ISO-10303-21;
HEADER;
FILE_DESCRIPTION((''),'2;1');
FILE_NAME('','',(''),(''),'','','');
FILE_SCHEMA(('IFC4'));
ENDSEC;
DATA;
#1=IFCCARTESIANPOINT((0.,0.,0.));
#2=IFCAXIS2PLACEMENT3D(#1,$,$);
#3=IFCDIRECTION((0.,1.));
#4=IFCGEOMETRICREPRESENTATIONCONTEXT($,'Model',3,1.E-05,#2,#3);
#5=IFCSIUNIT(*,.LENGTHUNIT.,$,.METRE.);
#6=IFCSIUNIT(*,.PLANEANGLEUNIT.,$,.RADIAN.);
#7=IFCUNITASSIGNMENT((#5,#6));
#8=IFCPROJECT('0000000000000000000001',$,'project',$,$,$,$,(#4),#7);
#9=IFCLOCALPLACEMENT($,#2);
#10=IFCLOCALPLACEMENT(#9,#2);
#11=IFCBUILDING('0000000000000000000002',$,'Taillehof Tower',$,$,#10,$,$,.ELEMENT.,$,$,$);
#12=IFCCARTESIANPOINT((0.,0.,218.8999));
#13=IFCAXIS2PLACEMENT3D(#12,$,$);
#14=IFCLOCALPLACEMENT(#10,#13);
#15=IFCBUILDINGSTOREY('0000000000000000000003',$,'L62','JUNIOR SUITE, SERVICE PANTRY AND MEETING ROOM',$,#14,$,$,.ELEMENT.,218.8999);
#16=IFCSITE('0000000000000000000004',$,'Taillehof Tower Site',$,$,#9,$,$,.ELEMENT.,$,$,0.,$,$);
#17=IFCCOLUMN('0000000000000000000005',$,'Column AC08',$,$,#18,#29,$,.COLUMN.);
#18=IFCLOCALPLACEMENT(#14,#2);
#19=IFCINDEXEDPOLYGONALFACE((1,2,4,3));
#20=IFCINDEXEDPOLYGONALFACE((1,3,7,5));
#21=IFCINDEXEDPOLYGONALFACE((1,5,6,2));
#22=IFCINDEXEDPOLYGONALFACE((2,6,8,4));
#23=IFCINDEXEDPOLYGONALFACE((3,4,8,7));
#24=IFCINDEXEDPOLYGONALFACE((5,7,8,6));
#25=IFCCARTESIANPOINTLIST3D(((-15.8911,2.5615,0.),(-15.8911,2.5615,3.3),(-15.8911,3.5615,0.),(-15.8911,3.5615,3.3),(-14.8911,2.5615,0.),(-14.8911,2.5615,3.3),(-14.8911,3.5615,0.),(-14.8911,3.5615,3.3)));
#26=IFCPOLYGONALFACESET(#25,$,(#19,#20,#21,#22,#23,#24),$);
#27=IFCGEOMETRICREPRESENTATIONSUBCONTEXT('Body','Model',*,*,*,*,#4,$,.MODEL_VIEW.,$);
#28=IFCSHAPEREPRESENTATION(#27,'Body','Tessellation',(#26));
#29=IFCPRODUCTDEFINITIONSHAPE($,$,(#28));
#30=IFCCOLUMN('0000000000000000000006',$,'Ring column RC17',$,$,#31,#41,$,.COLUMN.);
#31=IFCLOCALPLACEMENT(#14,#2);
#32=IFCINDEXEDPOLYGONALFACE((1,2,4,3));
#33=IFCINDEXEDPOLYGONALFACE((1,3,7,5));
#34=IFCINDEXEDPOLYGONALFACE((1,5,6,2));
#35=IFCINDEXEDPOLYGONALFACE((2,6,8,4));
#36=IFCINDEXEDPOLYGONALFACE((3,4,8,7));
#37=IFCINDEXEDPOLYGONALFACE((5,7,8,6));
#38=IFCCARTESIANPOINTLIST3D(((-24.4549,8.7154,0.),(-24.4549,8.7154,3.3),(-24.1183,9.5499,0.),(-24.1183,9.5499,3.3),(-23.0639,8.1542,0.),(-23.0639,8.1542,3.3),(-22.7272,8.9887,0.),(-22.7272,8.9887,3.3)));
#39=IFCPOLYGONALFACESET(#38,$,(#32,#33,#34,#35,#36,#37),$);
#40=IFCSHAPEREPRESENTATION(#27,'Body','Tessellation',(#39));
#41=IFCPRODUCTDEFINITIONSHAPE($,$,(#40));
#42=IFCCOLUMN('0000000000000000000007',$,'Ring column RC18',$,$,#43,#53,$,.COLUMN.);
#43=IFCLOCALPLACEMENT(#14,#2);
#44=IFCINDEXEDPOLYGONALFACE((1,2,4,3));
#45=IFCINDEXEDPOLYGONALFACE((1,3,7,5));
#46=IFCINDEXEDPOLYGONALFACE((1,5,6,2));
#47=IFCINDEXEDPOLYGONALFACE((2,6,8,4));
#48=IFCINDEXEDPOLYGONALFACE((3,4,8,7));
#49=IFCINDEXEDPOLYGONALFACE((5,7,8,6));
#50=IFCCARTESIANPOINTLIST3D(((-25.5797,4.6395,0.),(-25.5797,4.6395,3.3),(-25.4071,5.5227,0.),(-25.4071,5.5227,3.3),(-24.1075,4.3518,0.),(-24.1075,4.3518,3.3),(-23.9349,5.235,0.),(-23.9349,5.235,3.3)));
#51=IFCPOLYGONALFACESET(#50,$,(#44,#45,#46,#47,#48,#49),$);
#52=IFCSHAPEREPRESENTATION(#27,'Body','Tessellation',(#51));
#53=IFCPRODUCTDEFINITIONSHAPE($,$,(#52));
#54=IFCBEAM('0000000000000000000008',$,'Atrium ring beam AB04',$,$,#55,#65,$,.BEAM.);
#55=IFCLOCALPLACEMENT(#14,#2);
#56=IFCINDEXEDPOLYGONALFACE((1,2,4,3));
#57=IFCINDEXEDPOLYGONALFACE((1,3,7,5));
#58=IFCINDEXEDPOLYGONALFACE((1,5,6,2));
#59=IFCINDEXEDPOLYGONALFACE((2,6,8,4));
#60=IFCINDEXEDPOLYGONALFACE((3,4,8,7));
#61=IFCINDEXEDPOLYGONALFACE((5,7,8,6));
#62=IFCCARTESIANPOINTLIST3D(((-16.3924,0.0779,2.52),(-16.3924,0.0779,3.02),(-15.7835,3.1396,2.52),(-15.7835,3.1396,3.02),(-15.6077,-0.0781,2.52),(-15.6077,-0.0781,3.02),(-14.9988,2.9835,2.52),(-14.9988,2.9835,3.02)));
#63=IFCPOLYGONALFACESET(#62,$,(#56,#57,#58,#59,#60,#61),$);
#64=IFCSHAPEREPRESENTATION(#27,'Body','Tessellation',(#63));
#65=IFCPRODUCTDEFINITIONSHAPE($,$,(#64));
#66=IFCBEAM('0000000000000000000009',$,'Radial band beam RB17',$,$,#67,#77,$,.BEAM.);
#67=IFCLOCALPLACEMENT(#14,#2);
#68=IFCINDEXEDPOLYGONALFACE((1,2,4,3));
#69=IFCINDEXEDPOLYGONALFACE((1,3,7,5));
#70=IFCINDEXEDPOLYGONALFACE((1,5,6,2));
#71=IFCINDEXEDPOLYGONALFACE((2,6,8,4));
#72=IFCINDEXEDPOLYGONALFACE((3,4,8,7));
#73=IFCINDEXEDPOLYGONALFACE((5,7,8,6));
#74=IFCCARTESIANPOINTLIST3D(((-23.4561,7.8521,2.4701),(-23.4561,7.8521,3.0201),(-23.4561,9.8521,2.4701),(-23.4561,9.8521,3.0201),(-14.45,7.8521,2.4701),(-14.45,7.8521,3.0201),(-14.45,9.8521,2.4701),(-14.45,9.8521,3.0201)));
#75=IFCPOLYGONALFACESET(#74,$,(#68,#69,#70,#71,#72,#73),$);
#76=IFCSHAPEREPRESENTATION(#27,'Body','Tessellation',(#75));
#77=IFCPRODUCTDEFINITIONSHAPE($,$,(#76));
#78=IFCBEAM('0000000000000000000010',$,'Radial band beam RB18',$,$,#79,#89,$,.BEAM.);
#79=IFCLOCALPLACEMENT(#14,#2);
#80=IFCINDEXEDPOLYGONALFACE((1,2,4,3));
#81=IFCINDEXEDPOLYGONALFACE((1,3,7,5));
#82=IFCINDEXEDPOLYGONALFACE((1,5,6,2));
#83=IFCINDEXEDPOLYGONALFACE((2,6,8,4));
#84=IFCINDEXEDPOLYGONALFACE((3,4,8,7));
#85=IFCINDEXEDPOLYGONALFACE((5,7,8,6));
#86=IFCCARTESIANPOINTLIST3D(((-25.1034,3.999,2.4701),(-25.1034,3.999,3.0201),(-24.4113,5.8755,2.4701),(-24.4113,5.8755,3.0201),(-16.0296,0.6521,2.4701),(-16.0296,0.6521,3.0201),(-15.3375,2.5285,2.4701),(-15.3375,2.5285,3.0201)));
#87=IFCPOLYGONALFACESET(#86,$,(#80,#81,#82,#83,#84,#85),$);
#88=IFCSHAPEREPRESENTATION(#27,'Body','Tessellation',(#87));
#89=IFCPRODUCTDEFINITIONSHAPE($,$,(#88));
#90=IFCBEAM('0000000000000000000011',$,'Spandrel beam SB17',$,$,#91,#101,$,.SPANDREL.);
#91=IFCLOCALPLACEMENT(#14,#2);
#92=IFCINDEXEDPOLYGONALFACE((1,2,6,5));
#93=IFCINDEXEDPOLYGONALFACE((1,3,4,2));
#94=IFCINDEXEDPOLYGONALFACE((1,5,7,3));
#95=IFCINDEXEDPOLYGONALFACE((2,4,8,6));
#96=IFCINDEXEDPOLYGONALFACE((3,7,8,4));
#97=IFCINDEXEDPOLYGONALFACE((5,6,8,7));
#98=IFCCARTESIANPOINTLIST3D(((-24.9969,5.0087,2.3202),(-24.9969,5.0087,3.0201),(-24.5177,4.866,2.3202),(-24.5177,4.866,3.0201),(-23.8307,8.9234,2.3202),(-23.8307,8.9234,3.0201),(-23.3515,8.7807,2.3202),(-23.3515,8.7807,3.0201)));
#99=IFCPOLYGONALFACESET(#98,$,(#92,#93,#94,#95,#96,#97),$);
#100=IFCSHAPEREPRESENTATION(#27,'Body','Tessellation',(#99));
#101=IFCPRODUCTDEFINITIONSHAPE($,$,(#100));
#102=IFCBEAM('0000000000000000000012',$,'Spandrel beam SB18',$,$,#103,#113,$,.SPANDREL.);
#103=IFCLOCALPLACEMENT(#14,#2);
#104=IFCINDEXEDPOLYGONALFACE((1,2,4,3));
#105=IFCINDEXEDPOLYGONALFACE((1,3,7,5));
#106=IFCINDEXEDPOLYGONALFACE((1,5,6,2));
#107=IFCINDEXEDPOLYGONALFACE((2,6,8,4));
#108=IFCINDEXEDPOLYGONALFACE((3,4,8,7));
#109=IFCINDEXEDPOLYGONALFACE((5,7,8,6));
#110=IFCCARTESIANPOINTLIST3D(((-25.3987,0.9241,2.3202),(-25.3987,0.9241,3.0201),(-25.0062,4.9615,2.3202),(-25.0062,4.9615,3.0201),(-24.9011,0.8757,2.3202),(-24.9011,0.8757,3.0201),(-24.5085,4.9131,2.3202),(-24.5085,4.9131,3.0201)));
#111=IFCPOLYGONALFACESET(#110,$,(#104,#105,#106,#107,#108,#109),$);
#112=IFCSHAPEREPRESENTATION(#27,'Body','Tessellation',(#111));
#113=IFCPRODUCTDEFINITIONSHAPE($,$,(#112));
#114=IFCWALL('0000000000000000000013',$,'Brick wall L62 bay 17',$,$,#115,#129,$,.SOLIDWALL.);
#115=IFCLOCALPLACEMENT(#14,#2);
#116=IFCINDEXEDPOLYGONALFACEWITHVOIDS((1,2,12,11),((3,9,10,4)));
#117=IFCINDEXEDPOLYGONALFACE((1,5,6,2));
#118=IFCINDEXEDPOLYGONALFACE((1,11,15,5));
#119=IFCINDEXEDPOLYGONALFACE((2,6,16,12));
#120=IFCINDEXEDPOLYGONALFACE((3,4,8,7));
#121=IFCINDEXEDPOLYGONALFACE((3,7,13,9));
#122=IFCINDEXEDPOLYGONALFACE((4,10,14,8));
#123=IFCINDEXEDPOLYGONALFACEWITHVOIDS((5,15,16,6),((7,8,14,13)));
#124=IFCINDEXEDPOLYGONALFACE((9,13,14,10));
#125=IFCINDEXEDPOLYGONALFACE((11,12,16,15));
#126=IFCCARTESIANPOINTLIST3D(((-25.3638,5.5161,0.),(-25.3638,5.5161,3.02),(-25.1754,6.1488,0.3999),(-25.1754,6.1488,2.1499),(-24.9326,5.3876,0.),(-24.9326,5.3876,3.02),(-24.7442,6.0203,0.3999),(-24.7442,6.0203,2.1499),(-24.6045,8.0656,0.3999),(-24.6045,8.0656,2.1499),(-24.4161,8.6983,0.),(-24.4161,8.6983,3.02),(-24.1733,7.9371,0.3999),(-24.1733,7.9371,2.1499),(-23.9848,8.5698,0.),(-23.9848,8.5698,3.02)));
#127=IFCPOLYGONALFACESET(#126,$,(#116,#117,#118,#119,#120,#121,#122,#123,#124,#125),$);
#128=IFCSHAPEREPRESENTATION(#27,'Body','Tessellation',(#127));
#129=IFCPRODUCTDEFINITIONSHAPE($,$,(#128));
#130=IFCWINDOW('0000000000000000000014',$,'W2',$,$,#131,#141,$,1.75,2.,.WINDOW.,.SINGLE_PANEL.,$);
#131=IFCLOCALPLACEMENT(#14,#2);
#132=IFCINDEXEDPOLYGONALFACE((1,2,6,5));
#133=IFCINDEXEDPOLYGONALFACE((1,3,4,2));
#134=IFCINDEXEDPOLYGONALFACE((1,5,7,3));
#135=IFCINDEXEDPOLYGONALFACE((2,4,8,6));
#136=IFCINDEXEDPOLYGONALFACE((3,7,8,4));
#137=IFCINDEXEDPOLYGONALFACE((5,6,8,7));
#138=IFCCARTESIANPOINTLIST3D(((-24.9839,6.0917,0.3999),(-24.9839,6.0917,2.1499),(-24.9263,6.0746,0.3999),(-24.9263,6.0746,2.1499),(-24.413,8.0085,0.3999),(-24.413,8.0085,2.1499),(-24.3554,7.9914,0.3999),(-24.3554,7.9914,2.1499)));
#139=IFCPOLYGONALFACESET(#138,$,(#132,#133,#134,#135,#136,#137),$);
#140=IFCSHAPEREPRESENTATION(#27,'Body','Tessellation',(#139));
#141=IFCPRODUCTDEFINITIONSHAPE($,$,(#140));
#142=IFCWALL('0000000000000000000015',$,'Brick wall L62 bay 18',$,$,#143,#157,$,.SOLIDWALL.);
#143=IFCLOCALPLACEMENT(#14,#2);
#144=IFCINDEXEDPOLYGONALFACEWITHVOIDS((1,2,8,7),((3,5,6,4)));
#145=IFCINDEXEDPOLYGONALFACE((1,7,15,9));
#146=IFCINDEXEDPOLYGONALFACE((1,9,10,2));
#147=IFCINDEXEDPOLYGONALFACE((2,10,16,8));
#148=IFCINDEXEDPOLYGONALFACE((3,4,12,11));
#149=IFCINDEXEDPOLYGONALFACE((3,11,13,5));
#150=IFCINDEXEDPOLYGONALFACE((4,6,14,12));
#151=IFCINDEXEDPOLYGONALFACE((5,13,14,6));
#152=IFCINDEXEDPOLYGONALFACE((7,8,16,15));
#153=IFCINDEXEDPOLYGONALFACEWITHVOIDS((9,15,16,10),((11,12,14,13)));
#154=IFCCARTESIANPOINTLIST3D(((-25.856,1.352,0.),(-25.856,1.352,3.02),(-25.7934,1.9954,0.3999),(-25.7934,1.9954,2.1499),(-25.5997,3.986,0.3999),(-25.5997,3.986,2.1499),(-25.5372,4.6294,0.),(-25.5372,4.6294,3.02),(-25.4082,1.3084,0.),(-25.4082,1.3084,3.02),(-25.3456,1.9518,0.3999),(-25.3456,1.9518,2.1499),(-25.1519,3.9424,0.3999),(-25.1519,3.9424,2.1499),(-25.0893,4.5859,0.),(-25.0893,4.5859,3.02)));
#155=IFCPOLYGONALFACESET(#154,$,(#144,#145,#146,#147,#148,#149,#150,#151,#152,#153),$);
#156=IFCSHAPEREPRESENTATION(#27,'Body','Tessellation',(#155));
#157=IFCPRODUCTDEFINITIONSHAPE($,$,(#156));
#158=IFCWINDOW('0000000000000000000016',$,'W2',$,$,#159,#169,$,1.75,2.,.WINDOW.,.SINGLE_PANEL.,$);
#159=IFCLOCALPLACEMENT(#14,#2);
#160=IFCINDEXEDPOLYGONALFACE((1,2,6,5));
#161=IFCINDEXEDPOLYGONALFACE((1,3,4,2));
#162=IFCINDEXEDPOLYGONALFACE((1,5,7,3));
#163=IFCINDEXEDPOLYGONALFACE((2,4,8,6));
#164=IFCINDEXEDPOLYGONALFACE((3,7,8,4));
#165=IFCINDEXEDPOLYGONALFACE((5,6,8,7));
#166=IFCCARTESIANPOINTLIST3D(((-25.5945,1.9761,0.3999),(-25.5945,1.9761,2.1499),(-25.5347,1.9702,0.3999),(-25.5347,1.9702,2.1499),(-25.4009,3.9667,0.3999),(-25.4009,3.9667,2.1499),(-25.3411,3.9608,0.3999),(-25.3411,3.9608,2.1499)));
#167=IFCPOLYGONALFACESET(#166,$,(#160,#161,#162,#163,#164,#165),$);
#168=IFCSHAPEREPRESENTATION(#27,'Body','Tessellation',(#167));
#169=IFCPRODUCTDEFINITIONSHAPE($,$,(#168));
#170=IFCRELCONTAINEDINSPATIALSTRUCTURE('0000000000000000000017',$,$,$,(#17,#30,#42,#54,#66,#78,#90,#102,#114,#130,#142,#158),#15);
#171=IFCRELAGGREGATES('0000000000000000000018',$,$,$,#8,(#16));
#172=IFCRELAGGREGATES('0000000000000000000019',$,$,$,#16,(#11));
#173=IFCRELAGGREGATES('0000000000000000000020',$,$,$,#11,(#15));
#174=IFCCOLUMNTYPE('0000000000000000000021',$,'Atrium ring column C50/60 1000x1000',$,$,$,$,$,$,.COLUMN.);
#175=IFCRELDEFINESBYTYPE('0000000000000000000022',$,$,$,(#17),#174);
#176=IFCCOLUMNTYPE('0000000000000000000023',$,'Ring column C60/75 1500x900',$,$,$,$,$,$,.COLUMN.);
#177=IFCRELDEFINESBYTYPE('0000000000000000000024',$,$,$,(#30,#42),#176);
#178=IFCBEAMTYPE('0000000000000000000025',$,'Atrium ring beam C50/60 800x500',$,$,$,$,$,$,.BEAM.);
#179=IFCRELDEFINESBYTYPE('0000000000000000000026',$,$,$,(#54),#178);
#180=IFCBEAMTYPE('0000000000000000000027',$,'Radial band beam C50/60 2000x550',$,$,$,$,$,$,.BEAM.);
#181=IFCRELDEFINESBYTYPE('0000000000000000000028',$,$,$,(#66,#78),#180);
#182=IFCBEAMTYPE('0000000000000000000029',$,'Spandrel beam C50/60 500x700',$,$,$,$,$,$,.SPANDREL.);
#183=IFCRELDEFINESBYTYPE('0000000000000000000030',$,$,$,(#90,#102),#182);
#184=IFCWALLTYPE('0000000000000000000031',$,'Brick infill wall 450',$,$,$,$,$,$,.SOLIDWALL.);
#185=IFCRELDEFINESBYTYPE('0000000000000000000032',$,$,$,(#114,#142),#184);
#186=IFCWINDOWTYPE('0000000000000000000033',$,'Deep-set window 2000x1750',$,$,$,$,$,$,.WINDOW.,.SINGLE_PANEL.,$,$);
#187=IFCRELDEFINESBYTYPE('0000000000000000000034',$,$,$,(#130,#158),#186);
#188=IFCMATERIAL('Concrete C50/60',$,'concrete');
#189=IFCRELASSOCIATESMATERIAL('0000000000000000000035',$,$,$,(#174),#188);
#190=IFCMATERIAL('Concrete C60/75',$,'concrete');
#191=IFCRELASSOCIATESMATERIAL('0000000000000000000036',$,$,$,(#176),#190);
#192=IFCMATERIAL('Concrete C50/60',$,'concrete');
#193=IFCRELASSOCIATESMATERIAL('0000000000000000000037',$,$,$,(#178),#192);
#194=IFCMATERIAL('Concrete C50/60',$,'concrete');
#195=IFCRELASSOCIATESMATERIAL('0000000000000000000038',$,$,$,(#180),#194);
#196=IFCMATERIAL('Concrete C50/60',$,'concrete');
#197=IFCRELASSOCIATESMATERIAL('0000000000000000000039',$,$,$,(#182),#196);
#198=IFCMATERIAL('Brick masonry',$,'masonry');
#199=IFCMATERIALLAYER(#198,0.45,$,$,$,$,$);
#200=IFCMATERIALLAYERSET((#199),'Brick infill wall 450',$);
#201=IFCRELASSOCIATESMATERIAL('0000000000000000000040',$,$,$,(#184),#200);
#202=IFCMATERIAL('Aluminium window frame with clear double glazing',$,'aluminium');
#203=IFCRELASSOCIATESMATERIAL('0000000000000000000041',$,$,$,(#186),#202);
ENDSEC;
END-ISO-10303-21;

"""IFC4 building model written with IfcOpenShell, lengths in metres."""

from ifc_helpers import new_model, si_unit, direction, frame, frame_2d, origin, origin_2d, place, context, subcontext, project, spatial, rectangle, extrude, material, layer, layer_set, material_profile, profile_set, type_object, element, fill, save


model = new_model("IFC4")

# Units and contexts
model_context = context("Model", 3, precision=1e-05, world=origin(), true_north=direction((0.0, 1.0)))
body_context = subcontext(model_context, "Body", "Model", "MODEL_VIEW")
ifc_project = project(units=[si_unit("LENGTHUNIT", "METRE"), si_unit("PLANEANGLEUNIT", "RADIAN")], contexts=[model_context])

# Site, building, storey
site_placement = place(None, origin())
site = spatial("IfcSite", under=ifc_project, at=site_placement, Name="Taillehof Tower Site", CompositionType="ELEMENT", RefElevation=0.0)
building_placement = place(site_placement, origin())
building = spatial("IfcBuilding", under=site, at=building_placement, Name="Taillehof Tower", CompositionType="ELEMENT")
storey_placement = place(building_placement, frame((0.0, 0.0, 218.8999)))
storey = spatial("IfcBuildingStorey", under=building, at=storey_placement, Name="L62", Description="JUNIOR SUITE, SERVICE PANTRY AND MEETING ROOM", CompositionType="ELEMENT", Elevation=218.8999)

# Columns
ifc_material_1 = material(Name="Concrete C50/60", Category="concrete")
ifc_material_profile_1 = material_profile(ifc_material_1, rectangle(XDim=1.0, YDim=1.0, at=origin_2d()), Name="RC 1000x1000")
ifc_profile_set_1 = profile_set([ifc_material_profile_1], Name="Concrete C50/60")
column_type_1 = type_object("IfcColumnType", Name="Atrium ring column C50/60 1000x1000", PredefinedType="COLUMN", material=ifc_profile_set_1)
column_placement = place(storey_placement, frame((-15.3911, 3.0615, 0.0), z_axis=(0.0, 0.0, 1.0), x_axis=(1.0, 0.0, 0.0)))
element("IfcColumn", 1, at=column_placement, inside=storey, type_object=column_type_1, Name="Column AC08", PredefinedType="COLUMN", context=body_context, shape_type="SweptSolid", body=[
    extrude(rectangle(XDim=1.0, YDim=1.0, at=origin_2d()), origin(), (0.0, 0.0, 1.0), 3.3),
])
ifc_material_2 = material(Name="Concrete C60/75", Category="concrete")
ifc_material_profile_2 = material_profile(ifc_material_2, rectangle(XDim=1.5, YDim=0.8999, at=origin_2d()), Name="RC 1500x900")
ifc_profile_set_2 = profile_set([ifc_material_profile_2], Name="Concrete C60/75")
column_type_2 = type_object("IfcColumnType", Name="Ring column C60/75 1500x900", PredefinedType="COLUMN", material=ifc_profile_set_2)
for number, where, z_axis, x_axis, name in (
    (2, (-23.5911, 8.8521, 0.0), (0.0, 0.0, 1.0), (-0.927385, 0.374108, 0.0), "Ring column RC17"),
    (3, (-24.7573, 4.9373, 0.0), (0.0, 0.0, 1.0), (-0.981434, 0.191801, 0.0), "Ring column RC18"),
):
    element("IfcColumn", number, at=place(storey_placement, frame(where, z_axis=z_axis, x_axis=x_axis)), inside=storey, type_object=column_type_2, Name=name, PredefinedType="COLUMN", context=body_context, shape_type="SweptSolid", body=[
        extrude(rectangle(XDim=1.5, YDim=0.8999, at=origin_2d()), origin(), (0.0, 0.0, 1.0), 3.3),
    ])

# Beams
ifc_material_3 = material(Name="Concrete C50/60", Category="concrete")
ifc_material_profile_3 = material_profile(ifc_material_3, rectangle(XDim=0.8, YDim=0.5, at=origin_2d()), Name="RC 800x500")
ifc_profile_set_3 = profile_set([ifc_material_profile_3], Name="Concrete C50/60")
beam_type_1 = type_object("IfcBeamType", Name="Atrium ring beam C50/60 800x500", PredefinedType="BEAM", material=ifc_profile_set_3)
beam_1_placement = place(storey_placement, frame((-15.3911, 3.0615, 2.77), z_axis=(-0.195063, -0.980791, 0.0), x_axis=(0.980791, -0.195063, 0.0)))
element("IfcBeam", 4, at=beam_1_placement, inside=storey, type_object=beam_type_1, Name="Atrium ring beam AB04", PredefinedType="BEAM", context=body_context, shape_type="SweptSolid", body=[
    extrude(rectangle(XDim=0.8, YDim=0.5, at=origin_2d()), origin(), (0.0, 0.0, 1.0), 3.1216),
])
ifc_material_4 = material(Name="Concrete C50/60", Category="concrete")
ifc_material_profile_4 = material_profile(ifc_material_4, rectangle(XDim=2.0, YDim=0.55, at=origin_2d()), Name="RC 2000x550")
ifc_profile_set_4 = profile_set([ifc_material_profile_4], Name="Concrete C50/60")
beam_type_2 = type_object("IfcBeamType", Name="Radial band beam C50/60 2000x550", PredefinedType="BEAM", material=ifc_profile_set_4)
beam_2_placement = place(storey_placement, frame((-23.4561, 8.8521, 2.7451), z_axis=(1.0, 0.0, 0.0), x_axis=(0.0, 1.0, 0.0)))
element("IfcBeam", 5, at=beam_2_placement, inside=storey, type_object=beam_type_2, Name="Radial band beam RB17", PredefinedType="BEAM", context=body_context, shape_type="SweptSolid", body=[
    extrude(rectangle(XDim=2.0, YDim=0.55, at=origin_2d()), origin(), (0.0, 0.0, 1.0), 9.0061),
])
beam_3_placement = place(storey_placement, frame((-24.7573, 4.9373, 2.7451), z_axis=(0.93821, -0.346067, 0.0), x_axis=(0.346067, 0.93821, 0.0)))
element("IfcBeam", 6, at=beam_3_placement, inside=storey, type_object=beam_type_2, Name="Radial band beam RB18", PredefinedType="BEAM", context=body_context, shape_type="SweptSolid", body=[
    extrude(rectangle(XDim=2.0, YDim=0.55, at=origin_2d()), origin(), (0.0, 0.0, 1.0), 9.6714),
])
ifc_material_5 = material(Name="Concrete C50/60", Category="concrete")
ifc_material_profile_5 = material_profile(ifc_material_5, rectangle(XDim=0.5, YDim=0.7, at=origin_2d()), Name="RC 500x700")
ifc_profile_set_5 = profile_set([ifc_material_profile_5], Name="Concrete C50/60")
beam_type_3 = type_object("IfcBeamType", Name="Spandrel beam C50/60 500x700", PredefinedType="SPANDREL", material=ifc_profile_set_5)
beam_4_placement = place(storey_placement, frame((-23.5911, 8.8521, 2.6702), z_axis=(-0.28551, -0.958376, 0.0), x_axis=(0.958376, -0.28551, 0.0)))
element("IfcBeam", 7, at=beam_4_placement, inside=storey, type_object=beam_type_3, Name="Spandrel beam SB17", PredefinedType="SPANDREL", context=body_context, shape_type="SweptSolid", body=[
    extrude(rectangle(XDim=0.5, YDim=0.7, at=origin_2d()), origin(), (0.0, 0.0, 1.0), 4.0847),
])
beam_5_placement = place(storey_placement, frame((-24.7573, 4.9373, 2.6702), z_axis=(-0.09678, -0.995306, 0.0), x_axis=(0.995306, -0.09678, 0.0)))
element("IfcBeam", 8, at=beam_5_placement, inside=storey, type_object=beam_type_3, Name="Spandrel beam SB18", PredefinedType="SPANDREL", context=body_context, shape_type="SweptSolid", body=[
    extrude(rectangle(XDim=0.5, YDim=0.7, at=origin_2d()), origin(), (0.0, 0.0, 1.0), 4.0564),
])

# Walls, openings, windows
ifc_material_6 = material(Name="Brick masonry", Category="masonry")
ifc_layer_1 = layer(ifc_material_6, 0.45)
ifc_layer_set_1 = layer_set([ifc_layer_1], Name="Brick infill wall 450")
wall_type_1 = type_object("IfcWallType", Name="Brick infill wall 450", PredefinedType="SOLIDWALL", material=ifc_layer_set_1)
wall_1_placement = place(storey_placement, frame((-24.2004, 8.634, 0.0), z_axis=(0.0, 0.0, 1.0), x_axis=(-0.285445, -0.958395, 0.0)))
wall_1 = element("IfcWall", 9, at=wall_1_placement, inside=storey, type_object=wall_type_1, Name="Brick wall L62 bay 17", PredefinedType="SOLIDWALL", context=body_context, shape_type="SweptSolid", body=[
    extrude(rectangle(XDim=3.3203, YDim=0.45, at=frame_2d((1.6602, 0.0))), origin(), (0.0, 0.0, 1.0), 3.02),
])
opening_1_placement = place(wall_1_placement, frame((0.6602, 0.0, 0.3999)))
opening_1 = element("IfcOpeningElement", 10, at=opening_1_placement, cuts=wall_1, PredefinedType="OPENING", context=body_context, shape_type="SweptSolid", body=[
    extrude(rectangle(XDim=2.0, YDim=1.75, at=frame_2d((1.0, 0.875))), frame((0.0, 0.2349, 0.0), z_axis=(0.0, -1.0, 0.0), x_axis=(1.0, 0.0, 0.0)), (0.0, 0.0, 1.0), 0.47),
])
ifc_material_7 = material(Name="Aluminium window frame with clear double glazing", Category="aluminium")
window_type = type_object("IfcWindowType", Name="Deep-set window 2000x1750", PartitioningType="SINGLE_PANEL", PredefinedType="WINDOW", material=ifc_material_7)
window_1_placement = place(opening_1_placement, origin())
window_1 = element("IfcWindow", 11, at=window_1_placement, inside=storey, type_object=window_type, Name="W2", OverallHeight=1.75, OverallWidth=2.0, PartitioningType="SINGLE_PANEL", PredefinedType="WINDOW", context=body_context, shape_type="SweptSolid", body=[
    extrude(rectangle(XDim=2.0, YDim=1.75, at=frame_2d((1.0, 0.875))), frame((0.0, 0.0349, 0.0), z_axis=(0.0, -1.0, 0.0), x_axis=(1.0, 0.0, 0.0)), (0.0, 0.0, 1.0), 0.0601),
])
fill(opening_1, window_1)
wall_2_placement = place(storey_placement, frame((-25.3132, 4.6077, 0.0), z_axis=(0.0, 0.0, 1.0), x_axis=(-0.096824, -0.995302, 0.0)))
wall_2 = element("IfcWall", 12, at=wall_2_placement, inside=storey, type_object=wall_type_1, Name="Brick wall L62 bay 18", PredefinedType="SOLIDWALL", context=body_context, shape_type="SweptSolid", body=[
    extrude(rectangle(XDim=3.293, YDim=0.45, at=frame_2d((1.6465, 0.0))), origin(), (0.0, 0.0, 1.0), 3.02),
])
opening_2_placement = place(wall_2_placement, frame((0.6465, 0.0, 0.3999)))
opening_2 = element("IfcOpeningElement", 13, at=opening_2_placement, cuts=wall_2, PredefinedType="OPENING", context=body_context, shape_type="SweptSolid", body=[
    extrude(rectangle(XDim=2.0, YDim=1.75, at=frame_2d((1.0, 0.875))), frame((0.0, 0.2349, 0.0), z_axis=(0.0, -1.0, 0.0), x_axis=(1.0, 0.0, 0.0)), (0.0, 0.0, 1.0), 0.47),
])
window_2_placement = place(opening_2_placement, origin())
window_2 = element("IfcWindow", 14, at=window_2_placement, inside=storey, type_object=window_type, Name="W2", OverallHeight=1.75, OverallWidth=2.0, PartitioningType="SINGLE_PANEL", PredefinedType="WINDOW", context=body_context, shape_type="SweptSolid", body=[
    extrude(rectangle(XDim=2.0, YDim=1.75, at=frame_2d((1.0, 0.875))), frame((0.0, 0.0349, 0.0), z_axis=(0.0, -1.0, 0.0), x_axis=(1.0, 0.0, 0.0)), (0.0, 0.0, 1.0), 0.0601),
])
fill(opening_2, window_2)

save(model, "model.ifc")
